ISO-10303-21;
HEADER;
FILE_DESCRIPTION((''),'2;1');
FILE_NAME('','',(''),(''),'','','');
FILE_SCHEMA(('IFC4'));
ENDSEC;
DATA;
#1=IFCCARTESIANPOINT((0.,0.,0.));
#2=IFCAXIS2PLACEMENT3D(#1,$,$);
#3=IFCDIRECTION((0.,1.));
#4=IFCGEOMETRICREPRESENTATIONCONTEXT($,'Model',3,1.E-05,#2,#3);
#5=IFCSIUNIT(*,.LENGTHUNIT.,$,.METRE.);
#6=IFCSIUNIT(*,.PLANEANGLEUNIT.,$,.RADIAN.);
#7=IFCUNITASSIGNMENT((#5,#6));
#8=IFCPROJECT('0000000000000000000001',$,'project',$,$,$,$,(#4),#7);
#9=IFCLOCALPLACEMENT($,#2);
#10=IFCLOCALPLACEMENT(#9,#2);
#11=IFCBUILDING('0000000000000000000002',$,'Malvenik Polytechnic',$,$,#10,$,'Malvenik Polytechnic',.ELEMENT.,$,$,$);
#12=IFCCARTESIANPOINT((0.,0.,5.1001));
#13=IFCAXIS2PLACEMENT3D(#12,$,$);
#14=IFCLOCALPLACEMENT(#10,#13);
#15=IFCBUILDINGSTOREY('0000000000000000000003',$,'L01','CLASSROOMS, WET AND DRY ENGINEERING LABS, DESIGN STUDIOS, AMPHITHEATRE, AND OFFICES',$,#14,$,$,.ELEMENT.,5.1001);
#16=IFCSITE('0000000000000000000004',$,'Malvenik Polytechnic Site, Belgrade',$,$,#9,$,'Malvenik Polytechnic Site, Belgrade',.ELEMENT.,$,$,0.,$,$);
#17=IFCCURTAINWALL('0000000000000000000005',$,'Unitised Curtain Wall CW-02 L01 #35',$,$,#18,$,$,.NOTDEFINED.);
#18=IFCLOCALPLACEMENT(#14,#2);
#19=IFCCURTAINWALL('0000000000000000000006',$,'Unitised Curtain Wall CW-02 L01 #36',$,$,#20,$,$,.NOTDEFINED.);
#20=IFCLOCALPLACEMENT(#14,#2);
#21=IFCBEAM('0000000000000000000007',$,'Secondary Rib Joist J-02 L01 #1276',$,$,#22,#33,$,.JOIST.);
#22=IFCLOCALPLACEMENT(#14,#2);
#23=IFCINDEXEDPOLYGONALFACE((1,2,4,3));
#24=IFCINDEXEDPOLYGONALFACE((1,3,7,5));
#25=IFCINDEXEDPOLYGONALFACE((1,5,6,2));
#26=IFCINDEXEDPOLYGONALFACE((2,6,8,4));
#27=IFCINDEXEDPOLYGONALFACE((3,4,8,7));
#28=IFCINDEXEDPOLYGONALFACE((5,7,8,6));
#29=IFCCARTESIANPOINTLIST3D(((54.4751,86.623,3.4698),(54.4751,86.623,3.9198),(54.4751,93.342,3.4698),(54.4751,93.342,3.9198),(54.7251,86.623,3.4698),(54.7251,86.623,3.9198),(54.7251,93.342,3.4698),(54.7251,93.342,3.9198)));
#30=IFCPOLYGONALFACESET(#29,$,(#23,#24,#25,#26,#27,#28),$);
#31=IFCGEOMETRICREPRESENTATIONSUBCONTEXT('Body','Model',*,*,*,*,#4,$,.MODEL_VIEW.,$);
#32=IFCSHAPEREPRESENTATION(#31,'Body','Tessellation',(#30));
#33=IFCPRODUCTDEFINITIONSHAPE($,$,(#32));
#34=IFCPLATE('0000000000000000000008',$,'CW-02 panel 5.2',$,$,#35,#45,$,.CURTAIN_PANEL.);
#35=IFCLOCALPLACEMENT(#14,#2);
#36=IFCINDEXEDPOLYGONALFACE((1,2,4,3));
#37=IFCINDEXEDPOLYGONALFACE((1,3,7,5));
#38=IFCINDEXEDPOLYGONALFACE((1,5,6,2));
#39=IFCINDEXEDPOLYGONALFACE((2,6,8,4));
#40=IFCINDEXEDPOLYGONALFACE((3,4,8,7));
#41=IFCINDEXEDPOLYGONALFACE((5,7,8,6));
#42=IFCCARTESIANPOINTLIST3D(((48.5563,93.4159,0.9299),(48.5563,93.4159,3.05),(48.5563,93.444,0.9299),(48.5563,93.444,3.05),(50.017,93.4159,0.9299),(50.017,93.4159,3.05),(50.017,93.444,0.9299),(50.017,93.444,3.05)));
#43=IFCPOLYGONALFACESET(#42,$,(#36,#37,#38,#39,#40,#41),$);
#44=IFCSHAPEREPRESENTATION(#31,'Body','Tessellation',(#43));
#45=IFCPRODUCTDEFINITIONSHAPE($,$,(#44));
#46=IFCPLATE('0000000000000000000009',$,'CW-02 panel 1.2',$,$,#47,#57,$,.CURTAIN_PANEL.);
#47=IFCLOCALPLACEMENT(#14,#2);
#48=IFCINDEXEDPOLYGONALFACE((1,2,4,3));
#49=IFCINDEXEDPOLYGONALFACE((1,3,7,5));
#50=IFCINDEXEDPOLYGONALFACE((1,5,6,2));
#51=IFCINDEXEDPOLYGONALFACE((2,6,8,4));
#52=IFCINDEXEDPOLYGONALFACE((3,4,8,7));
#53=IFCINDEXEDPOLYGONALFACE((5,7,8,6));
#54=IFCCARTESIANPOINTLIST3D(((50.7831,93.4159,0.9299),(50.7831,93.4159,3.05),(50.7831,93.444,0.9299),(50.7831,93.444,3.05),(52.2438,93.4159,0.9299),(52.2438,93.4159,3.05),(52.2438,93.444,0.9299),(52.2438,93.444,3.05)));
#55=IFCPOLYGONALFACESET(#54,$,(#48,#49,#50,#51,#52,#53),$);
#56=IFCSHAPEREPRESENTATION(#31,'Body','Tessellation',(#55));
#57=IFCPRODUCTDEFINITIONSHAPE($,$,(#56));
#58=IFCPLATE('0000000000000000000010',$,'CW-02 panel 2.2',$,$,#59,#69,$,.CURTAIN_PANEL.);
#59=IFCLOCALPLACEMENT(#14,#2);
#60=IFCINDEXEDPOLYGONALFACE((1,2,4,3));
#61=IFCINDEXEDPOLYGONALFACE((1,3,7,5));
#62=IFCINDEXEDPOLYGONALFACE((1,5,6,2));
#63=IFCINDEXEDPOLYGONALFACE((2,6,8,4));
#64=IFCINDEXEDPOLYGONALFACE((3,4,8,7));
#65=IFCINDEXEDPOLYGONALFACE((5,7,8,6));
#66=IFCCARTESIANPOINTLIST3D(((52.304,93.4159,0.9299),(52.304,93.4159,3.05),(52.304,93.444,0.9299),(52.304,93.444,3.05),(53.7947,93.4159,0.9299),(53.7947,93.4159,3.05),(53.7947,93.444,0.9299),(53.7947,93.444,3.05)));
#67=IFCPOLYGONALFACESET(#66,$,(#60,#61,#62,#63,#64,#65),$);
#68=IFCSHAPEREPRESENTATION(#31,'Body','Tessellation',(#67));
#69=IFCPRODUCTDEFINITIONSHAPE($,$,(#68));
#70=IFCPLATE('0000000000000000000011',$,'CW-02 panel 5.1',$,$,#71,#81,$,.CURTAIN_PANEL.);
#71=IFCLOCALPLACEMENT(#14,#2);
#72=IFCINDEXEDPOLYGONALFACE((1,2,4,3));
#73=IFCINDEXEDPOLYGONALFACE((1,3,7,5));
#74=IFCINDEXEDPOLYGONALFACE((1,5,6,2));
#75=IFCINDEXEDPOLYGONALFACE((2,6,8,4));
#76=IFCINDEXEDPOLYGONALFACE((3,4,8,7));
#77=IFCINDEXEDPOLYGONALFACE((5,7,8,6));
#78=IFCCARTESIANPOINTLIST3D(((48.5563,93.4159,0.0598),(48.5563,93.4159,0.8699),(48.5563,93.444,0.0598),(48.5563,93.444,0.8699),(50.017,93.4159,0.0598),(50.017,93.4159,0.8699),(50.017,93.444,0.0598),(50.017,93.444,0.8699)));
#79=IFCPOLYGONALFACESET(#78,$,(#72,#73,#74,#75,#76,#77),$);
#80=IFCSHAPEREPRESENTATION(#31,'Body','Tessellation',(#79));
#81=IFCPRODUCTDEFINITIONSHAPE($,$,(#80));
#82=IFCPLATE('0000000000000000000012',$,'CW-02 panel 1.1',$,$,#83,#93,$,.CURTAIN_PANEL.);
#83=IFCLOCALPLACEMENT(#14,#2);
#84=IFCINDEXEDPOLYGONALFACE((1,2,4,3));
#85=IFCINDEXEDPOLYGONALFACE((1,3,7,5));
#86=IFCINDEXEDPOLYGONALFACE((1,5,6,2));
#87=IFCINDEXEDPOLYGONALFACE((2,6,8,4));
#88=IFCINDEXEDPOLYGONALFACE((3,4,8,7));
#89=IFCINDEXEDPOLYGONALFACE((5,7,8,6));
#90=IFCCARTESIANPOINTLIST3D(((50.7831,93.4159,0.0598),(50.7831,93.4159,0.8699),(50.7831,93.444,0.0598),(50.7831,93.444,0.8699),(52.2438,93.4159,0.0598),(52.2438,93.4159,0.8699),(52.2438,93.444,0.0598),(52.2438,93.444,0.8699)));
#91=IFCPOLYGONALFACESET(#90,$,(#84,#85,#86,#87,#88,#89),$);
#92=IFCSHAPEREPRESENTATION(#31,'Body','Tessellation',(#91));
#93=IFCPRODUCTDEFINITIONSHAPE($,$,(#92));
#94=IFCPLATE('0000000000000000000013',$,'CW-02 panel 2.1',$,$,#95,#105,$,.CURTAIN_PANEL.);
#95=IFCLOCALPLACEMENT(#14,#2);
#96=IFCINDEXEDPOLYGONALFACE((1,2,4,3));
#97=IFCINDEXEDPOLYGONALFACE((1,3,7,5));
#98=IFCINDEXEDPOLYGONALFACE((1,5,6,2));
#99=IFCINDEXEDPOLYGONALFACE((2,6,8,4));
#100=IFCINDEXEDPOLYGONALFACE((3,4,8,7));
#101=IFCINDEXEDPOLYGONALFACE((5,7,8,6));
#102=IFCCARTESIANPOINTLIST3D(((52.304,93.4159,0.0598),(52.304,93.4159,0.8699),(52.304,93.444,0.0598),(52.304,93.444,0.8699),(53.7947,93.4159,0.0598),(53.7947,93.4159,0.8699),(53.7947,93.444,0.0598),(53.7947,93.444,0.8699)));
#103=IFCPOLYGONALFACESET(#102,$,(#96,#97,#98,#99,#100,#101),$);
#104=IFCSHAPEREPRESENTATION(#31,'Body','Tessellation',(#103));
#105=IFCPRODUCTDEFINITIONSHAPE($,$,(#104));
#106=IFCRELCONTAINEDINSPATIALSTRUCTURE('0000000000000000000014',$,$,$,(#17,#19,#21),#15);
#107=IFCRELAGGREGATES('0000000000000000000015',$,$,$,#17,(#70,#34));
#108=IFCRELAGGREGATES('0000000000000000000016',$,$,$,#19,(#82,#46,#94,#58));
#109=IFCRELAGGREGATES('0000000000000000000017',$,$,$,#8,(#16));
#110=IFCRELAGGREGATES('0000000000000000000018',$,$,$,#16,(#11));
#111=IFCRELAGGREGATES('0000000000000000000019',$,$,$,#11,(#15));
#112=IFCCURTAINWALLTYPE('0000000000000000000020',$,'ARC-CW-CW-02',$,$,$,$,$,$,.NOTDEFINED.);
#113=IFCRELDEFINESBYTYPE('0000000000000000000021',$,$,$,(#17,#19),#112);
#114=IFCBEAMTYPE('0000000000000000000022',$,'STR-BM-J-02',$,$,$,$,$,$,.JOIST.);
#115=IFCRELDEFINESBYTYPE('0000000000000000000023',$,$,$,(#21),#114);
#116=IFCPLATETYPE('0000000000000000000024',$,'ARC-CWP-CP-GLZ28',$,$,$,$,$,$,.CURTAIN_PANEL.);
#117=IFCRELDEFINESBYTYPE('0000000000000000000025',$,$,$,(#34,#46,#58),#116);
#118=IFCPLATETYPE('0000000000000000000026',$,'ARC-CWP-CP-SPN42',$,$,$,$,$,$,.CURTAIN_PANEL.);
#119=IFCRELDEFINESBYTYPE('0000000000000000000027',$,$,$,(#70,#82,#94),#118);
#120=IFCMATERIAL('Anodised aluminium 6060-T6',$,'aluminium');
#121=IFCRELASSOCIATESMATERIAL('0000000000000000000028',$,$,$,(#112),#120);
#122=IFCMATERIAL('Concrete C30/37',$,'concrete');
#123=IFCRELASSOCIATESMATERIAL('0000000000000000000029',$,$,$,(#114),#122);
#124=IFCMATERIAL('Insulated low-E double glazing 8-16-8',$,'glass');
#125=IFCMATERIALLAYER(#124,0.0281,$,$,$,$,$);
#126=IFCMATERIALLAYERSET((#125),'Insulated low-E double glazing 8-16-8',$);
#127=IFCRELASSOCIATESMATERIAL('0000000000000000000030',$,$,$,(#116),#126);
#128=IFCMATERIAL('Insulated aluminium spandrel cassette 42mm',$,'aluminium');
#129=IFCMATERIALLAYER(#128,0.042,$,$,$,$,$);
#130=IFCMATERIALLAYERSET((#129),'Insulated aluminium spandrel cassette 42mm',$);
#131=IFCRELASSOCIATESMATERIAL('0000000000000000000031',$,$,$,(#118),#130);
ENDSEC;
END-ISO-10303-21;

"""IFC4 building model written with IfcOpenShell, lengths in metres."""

from ifc_helpers import new_model, si_unit, direction, frame, origin, origin_2d, place, context, subcontext, project, spatial, rectangle, extrude, material, layer, layer_set, material_profile, profile_set, type_object, element, aggregate, save


model = new_model("IFC4")

# Units and contexts
model_context = context("Model", 3, precision=1e-05, world=origin(), true_north=direction((0.0, 1.0)))
body_context = subcontext(model_context, "Body", "Model", "MODEL_VIEW")
ifc_project = project(units=[si_unit("LENGTHUNIT", "METRE"), si_unit("PLANEANGLEUNIT", "RADIAN")], contexts=[model_context])

# Site, building, storey
site_placement = place(None, origin())
site = spatial("IfcSite", under=ifc_project, at=site_placement, Name="Malvenik Polytechnic Site, Belgrade", LongName="Malvenik Polytechnic Site, Belgrade", CompositionType="ELEMENT", RefElevation=0.0)
building_placement = place(site_placement, origin())
building = spatial("IfcBuilding", under=site, at=building_placement, Name="Malvenik Polytechnic", LongName="Malvenik Polytechnic", CompositionType="ELEMENT")
storey_placement = place(building_placement, frame((0.0, 0.0, 5.1001)))
storey = spatial("IfcBuildingStorey", under=building, at=storey_placement, Name="L01", Description="CLASSROOMS, WET AND DRY ENGINEERING LABS, DESIGN STUDIOS, AMPHITHEATRE, AND OFFICES", CompositionType="ELEMENT", Elevation=5.1001)

# Curtain wall
ifc_material_1 = material(Name="Anodised aluminium 6060-T6", Category="aluminium")
curtain_wall_type = type_object("IfcCurtainWallType", Name="ARC-CW-CW-02", PredefinedType="NOTDEFINED", material=ifc_material_1)
curtain_wall_1_placement = place(storey_placement, origin())
curtain_wall_1 = element("IfcCurtainWall", 1, at=curtain_wall_1_placement, inside=storey, type_object=curtain_wall_type, Name="Unitised Curtain Wall CW-02 L01 #35", PredefinedType="NOTDEFINED")

# Curtain wall
curtain_wall_2_placement = place(storey_placement, origin())
curtain_wall_2 = element("IfcCurtainWall", 2, at=curtain_wall_2_placement, inside=storey, type_object=curtain_wall_type, Name="Unitised Curtain Wall CW-02 L01 #36", PredefinedType="NOTDEFINED")

# Beam
ifc_material_2 = material(Name="Concrete C30/37", Category="concrete")
ifc_material_profile_1 = material_profile(ifc_material_2, rectangle(XDim=0.25, YDim=0.45, at=origin_2d()), Name="RC JST 250x450")
ifc_profile_set_1 = profile_set([ifc_material_profile_1], Name="Concrete C30/37")
beam_type_1 = type_object("IfcBeamType", Name="STR-BM-J-02", PredefinedType="JOIST", material=ifc_profile_set_1)
beam_1_placement = place(storey_placement, frame((54.6001, 86.623, 3.6948), z_axis=(0.0, 1.0, 0.0), x_axis=(-1.0, 0.0, 0.0)))
element("IfcBeam", 3, at=beam_1_placement, inside=storey, type_object=beam_type_1, Name="Secondary Rib Joist J-02 L01 #1276", PredefinedType="JOIST", context=body_context, shape_type="SweptSolid", body=[
    extrude(rectangle(XDim=0.25, YDim=0.45, at=origin_2d()), origin(), (0.0, 0.0, 1.0), 6.719),
])

# Plates
ifc_material_3 = material(Name="Insulated low-E double glazing 8-16-8", Category="glass")
ifc_layer_1 = layer(ifc_material_3, 0.0281)
ifc_layer_set_1 = layer_set([ifc_layer_1], Name="Insulated low-E double glazing 8-16-8")
plate_type_1 = type_object("IfcPlateType", Name="ARC-CWP-CP-GLZ28", PredefinedType="CURTAIN_PANEL", material=ifc_layer_set_1)
plate_1_placement = place(storey_placement, frame((49.2866, 93.4299, 0.9299), z_axis=(0.0, 0.0, 1.0), x_axis=(1.0, 0.0, 0.0)))
plate_1 = element("IfcPlate", 4, at=plate_1_placement, type_object=plate_type_1, Name="CW-02 panel 5.2", PredefinedType="CURTAIN_PANEL", context=body_context, shape_type="SweptSolid", body=[
    extrude(rectangle(XDim=1.4607, YDim=0.0281, at=origin_2d()), origin(), (0.0, 0.0, 1.0), 2.1201),
])
plate_2_placement = place(storey_placement, frame((51.5134, 93.4299, 0.9299), z_axis=(0.0, 0.0, 1.0), x_axis=(1.0, 0.0, 0.0)))
plate_2 = element("IfcPlate", 5, at=plate_2_placement, type_object=plate_type_1, Name="CW-02 panel 1.2", PredefinedType="CURTAIN_PANEL", context=body_context, shape_type="SweptSolid", body=[
    extrude(rectangle(XDim=1.4607, YDim=0.0281, at=origin_2d()), origin(), (0.0, 0.0, 1.0), 2.1201),
])
plate_3_placement = place(storey_placement, frame((53.0493, 93.4299, 0.9299), z_axis=(0.0, 0.0, 1.0), x_axis=(1.0, 0.0, 0.0)))
plate_3 = element("IfcPlate", 6, at=plate_3_placement, type_object=plate_type_1, Name="CW-02 panel 2.2", PredefinedType="CURTAIN_PANEL", context=body_context, shape_type="SweptSolid", body=[
    extrude(rectangle(XDim=1.4907, YDim=0.0281, at=origin_2d()), origin(), (0.0, 0.0, 1.0), 2.1201),
])
ifc_material_4 = material(Name="Insulated aluminium spandrel cassette 42mm", Category="aluminium")
ifc_layer_2 = layer(ifc_material_4, 0.042)
ifc_layer_set_2 = layer_set([ifc_layer_2], Name="Insulated aluminium spandrel cassette 42mm")
plate_type_2 = type_object("IfcPlateType", Name="ARC-CWP-CP-SPN42", PredefinedType="CURTAIN_PANEL", material=ifc_layer_set_2)
plate_4_placement = place(storey_placement, frame((49.2866, 93.4299, 0.0598), z_axis=(0.0, 0.0, 1.0), x_axis=(1.0, 0.0, 0.0)))
plate_4 = element("IfcPlate", 7, at=plate_4_placement, type_object=plate_type_2, Name="CW-02 panel 5.1", PredefinedType="CURTAIN_PANEL", context=body_context, shape_type="SweptSolid", body=[
    extrude(rectangle(XDim=1.4607, YDim=0.0281, at=origin_2d()), origin(), (0.0, 0.0, 1.0), 0.8101),
])
aggregate(curtain_wall_1, [plate_4, plate_1])
plate_5_placement = place(storey_placement, frame((51.5134, 93.4299, 0.0598), z_axis=(0.0, 0.0, 1.0), x_axis=(1.0, 0.0, 0.0)))
plate_5 = element("IfcPlate", 8, at=plate_5_placement, type_object=plate_type_2, Name="CW-02 panel 1.1", PredefinedType="CURTAIN_PANEL", context=body_context, shape_type="SweptSolid", body=[
    extrude(rectangle(XDim=1.4607, YDim=0.0281, at=origin_2d()), origin(), (0.0, 0.0, 1.0), 0.8101),
])
plate_6_placement = place(storey_placement, frame((53.0493, 93.4299, 0.0598), z_axis=(0.0, 0.0, 1.0), x_axis=(1.0, 0.0, 0.0)))
plate_6 = element("IfcPlate", 9, at=plate_6_placement, type_object=plate_type_2, Name="CW-02 panel 2.1", PredefinedType="CURTAIN_PANEL", context=body_context, shape_type="SweptSolid", body=[
    extrude(rectangle(XDim=1.4907, YDim=0.0281, at=origin_2d()), origin(), (0.0, 0.0, 1.0), 0.8101),
])
aggregate(curtain_wall_2, [plate_5, plate_2, plate_6, plate_3])

save(model, "model.ifc")
